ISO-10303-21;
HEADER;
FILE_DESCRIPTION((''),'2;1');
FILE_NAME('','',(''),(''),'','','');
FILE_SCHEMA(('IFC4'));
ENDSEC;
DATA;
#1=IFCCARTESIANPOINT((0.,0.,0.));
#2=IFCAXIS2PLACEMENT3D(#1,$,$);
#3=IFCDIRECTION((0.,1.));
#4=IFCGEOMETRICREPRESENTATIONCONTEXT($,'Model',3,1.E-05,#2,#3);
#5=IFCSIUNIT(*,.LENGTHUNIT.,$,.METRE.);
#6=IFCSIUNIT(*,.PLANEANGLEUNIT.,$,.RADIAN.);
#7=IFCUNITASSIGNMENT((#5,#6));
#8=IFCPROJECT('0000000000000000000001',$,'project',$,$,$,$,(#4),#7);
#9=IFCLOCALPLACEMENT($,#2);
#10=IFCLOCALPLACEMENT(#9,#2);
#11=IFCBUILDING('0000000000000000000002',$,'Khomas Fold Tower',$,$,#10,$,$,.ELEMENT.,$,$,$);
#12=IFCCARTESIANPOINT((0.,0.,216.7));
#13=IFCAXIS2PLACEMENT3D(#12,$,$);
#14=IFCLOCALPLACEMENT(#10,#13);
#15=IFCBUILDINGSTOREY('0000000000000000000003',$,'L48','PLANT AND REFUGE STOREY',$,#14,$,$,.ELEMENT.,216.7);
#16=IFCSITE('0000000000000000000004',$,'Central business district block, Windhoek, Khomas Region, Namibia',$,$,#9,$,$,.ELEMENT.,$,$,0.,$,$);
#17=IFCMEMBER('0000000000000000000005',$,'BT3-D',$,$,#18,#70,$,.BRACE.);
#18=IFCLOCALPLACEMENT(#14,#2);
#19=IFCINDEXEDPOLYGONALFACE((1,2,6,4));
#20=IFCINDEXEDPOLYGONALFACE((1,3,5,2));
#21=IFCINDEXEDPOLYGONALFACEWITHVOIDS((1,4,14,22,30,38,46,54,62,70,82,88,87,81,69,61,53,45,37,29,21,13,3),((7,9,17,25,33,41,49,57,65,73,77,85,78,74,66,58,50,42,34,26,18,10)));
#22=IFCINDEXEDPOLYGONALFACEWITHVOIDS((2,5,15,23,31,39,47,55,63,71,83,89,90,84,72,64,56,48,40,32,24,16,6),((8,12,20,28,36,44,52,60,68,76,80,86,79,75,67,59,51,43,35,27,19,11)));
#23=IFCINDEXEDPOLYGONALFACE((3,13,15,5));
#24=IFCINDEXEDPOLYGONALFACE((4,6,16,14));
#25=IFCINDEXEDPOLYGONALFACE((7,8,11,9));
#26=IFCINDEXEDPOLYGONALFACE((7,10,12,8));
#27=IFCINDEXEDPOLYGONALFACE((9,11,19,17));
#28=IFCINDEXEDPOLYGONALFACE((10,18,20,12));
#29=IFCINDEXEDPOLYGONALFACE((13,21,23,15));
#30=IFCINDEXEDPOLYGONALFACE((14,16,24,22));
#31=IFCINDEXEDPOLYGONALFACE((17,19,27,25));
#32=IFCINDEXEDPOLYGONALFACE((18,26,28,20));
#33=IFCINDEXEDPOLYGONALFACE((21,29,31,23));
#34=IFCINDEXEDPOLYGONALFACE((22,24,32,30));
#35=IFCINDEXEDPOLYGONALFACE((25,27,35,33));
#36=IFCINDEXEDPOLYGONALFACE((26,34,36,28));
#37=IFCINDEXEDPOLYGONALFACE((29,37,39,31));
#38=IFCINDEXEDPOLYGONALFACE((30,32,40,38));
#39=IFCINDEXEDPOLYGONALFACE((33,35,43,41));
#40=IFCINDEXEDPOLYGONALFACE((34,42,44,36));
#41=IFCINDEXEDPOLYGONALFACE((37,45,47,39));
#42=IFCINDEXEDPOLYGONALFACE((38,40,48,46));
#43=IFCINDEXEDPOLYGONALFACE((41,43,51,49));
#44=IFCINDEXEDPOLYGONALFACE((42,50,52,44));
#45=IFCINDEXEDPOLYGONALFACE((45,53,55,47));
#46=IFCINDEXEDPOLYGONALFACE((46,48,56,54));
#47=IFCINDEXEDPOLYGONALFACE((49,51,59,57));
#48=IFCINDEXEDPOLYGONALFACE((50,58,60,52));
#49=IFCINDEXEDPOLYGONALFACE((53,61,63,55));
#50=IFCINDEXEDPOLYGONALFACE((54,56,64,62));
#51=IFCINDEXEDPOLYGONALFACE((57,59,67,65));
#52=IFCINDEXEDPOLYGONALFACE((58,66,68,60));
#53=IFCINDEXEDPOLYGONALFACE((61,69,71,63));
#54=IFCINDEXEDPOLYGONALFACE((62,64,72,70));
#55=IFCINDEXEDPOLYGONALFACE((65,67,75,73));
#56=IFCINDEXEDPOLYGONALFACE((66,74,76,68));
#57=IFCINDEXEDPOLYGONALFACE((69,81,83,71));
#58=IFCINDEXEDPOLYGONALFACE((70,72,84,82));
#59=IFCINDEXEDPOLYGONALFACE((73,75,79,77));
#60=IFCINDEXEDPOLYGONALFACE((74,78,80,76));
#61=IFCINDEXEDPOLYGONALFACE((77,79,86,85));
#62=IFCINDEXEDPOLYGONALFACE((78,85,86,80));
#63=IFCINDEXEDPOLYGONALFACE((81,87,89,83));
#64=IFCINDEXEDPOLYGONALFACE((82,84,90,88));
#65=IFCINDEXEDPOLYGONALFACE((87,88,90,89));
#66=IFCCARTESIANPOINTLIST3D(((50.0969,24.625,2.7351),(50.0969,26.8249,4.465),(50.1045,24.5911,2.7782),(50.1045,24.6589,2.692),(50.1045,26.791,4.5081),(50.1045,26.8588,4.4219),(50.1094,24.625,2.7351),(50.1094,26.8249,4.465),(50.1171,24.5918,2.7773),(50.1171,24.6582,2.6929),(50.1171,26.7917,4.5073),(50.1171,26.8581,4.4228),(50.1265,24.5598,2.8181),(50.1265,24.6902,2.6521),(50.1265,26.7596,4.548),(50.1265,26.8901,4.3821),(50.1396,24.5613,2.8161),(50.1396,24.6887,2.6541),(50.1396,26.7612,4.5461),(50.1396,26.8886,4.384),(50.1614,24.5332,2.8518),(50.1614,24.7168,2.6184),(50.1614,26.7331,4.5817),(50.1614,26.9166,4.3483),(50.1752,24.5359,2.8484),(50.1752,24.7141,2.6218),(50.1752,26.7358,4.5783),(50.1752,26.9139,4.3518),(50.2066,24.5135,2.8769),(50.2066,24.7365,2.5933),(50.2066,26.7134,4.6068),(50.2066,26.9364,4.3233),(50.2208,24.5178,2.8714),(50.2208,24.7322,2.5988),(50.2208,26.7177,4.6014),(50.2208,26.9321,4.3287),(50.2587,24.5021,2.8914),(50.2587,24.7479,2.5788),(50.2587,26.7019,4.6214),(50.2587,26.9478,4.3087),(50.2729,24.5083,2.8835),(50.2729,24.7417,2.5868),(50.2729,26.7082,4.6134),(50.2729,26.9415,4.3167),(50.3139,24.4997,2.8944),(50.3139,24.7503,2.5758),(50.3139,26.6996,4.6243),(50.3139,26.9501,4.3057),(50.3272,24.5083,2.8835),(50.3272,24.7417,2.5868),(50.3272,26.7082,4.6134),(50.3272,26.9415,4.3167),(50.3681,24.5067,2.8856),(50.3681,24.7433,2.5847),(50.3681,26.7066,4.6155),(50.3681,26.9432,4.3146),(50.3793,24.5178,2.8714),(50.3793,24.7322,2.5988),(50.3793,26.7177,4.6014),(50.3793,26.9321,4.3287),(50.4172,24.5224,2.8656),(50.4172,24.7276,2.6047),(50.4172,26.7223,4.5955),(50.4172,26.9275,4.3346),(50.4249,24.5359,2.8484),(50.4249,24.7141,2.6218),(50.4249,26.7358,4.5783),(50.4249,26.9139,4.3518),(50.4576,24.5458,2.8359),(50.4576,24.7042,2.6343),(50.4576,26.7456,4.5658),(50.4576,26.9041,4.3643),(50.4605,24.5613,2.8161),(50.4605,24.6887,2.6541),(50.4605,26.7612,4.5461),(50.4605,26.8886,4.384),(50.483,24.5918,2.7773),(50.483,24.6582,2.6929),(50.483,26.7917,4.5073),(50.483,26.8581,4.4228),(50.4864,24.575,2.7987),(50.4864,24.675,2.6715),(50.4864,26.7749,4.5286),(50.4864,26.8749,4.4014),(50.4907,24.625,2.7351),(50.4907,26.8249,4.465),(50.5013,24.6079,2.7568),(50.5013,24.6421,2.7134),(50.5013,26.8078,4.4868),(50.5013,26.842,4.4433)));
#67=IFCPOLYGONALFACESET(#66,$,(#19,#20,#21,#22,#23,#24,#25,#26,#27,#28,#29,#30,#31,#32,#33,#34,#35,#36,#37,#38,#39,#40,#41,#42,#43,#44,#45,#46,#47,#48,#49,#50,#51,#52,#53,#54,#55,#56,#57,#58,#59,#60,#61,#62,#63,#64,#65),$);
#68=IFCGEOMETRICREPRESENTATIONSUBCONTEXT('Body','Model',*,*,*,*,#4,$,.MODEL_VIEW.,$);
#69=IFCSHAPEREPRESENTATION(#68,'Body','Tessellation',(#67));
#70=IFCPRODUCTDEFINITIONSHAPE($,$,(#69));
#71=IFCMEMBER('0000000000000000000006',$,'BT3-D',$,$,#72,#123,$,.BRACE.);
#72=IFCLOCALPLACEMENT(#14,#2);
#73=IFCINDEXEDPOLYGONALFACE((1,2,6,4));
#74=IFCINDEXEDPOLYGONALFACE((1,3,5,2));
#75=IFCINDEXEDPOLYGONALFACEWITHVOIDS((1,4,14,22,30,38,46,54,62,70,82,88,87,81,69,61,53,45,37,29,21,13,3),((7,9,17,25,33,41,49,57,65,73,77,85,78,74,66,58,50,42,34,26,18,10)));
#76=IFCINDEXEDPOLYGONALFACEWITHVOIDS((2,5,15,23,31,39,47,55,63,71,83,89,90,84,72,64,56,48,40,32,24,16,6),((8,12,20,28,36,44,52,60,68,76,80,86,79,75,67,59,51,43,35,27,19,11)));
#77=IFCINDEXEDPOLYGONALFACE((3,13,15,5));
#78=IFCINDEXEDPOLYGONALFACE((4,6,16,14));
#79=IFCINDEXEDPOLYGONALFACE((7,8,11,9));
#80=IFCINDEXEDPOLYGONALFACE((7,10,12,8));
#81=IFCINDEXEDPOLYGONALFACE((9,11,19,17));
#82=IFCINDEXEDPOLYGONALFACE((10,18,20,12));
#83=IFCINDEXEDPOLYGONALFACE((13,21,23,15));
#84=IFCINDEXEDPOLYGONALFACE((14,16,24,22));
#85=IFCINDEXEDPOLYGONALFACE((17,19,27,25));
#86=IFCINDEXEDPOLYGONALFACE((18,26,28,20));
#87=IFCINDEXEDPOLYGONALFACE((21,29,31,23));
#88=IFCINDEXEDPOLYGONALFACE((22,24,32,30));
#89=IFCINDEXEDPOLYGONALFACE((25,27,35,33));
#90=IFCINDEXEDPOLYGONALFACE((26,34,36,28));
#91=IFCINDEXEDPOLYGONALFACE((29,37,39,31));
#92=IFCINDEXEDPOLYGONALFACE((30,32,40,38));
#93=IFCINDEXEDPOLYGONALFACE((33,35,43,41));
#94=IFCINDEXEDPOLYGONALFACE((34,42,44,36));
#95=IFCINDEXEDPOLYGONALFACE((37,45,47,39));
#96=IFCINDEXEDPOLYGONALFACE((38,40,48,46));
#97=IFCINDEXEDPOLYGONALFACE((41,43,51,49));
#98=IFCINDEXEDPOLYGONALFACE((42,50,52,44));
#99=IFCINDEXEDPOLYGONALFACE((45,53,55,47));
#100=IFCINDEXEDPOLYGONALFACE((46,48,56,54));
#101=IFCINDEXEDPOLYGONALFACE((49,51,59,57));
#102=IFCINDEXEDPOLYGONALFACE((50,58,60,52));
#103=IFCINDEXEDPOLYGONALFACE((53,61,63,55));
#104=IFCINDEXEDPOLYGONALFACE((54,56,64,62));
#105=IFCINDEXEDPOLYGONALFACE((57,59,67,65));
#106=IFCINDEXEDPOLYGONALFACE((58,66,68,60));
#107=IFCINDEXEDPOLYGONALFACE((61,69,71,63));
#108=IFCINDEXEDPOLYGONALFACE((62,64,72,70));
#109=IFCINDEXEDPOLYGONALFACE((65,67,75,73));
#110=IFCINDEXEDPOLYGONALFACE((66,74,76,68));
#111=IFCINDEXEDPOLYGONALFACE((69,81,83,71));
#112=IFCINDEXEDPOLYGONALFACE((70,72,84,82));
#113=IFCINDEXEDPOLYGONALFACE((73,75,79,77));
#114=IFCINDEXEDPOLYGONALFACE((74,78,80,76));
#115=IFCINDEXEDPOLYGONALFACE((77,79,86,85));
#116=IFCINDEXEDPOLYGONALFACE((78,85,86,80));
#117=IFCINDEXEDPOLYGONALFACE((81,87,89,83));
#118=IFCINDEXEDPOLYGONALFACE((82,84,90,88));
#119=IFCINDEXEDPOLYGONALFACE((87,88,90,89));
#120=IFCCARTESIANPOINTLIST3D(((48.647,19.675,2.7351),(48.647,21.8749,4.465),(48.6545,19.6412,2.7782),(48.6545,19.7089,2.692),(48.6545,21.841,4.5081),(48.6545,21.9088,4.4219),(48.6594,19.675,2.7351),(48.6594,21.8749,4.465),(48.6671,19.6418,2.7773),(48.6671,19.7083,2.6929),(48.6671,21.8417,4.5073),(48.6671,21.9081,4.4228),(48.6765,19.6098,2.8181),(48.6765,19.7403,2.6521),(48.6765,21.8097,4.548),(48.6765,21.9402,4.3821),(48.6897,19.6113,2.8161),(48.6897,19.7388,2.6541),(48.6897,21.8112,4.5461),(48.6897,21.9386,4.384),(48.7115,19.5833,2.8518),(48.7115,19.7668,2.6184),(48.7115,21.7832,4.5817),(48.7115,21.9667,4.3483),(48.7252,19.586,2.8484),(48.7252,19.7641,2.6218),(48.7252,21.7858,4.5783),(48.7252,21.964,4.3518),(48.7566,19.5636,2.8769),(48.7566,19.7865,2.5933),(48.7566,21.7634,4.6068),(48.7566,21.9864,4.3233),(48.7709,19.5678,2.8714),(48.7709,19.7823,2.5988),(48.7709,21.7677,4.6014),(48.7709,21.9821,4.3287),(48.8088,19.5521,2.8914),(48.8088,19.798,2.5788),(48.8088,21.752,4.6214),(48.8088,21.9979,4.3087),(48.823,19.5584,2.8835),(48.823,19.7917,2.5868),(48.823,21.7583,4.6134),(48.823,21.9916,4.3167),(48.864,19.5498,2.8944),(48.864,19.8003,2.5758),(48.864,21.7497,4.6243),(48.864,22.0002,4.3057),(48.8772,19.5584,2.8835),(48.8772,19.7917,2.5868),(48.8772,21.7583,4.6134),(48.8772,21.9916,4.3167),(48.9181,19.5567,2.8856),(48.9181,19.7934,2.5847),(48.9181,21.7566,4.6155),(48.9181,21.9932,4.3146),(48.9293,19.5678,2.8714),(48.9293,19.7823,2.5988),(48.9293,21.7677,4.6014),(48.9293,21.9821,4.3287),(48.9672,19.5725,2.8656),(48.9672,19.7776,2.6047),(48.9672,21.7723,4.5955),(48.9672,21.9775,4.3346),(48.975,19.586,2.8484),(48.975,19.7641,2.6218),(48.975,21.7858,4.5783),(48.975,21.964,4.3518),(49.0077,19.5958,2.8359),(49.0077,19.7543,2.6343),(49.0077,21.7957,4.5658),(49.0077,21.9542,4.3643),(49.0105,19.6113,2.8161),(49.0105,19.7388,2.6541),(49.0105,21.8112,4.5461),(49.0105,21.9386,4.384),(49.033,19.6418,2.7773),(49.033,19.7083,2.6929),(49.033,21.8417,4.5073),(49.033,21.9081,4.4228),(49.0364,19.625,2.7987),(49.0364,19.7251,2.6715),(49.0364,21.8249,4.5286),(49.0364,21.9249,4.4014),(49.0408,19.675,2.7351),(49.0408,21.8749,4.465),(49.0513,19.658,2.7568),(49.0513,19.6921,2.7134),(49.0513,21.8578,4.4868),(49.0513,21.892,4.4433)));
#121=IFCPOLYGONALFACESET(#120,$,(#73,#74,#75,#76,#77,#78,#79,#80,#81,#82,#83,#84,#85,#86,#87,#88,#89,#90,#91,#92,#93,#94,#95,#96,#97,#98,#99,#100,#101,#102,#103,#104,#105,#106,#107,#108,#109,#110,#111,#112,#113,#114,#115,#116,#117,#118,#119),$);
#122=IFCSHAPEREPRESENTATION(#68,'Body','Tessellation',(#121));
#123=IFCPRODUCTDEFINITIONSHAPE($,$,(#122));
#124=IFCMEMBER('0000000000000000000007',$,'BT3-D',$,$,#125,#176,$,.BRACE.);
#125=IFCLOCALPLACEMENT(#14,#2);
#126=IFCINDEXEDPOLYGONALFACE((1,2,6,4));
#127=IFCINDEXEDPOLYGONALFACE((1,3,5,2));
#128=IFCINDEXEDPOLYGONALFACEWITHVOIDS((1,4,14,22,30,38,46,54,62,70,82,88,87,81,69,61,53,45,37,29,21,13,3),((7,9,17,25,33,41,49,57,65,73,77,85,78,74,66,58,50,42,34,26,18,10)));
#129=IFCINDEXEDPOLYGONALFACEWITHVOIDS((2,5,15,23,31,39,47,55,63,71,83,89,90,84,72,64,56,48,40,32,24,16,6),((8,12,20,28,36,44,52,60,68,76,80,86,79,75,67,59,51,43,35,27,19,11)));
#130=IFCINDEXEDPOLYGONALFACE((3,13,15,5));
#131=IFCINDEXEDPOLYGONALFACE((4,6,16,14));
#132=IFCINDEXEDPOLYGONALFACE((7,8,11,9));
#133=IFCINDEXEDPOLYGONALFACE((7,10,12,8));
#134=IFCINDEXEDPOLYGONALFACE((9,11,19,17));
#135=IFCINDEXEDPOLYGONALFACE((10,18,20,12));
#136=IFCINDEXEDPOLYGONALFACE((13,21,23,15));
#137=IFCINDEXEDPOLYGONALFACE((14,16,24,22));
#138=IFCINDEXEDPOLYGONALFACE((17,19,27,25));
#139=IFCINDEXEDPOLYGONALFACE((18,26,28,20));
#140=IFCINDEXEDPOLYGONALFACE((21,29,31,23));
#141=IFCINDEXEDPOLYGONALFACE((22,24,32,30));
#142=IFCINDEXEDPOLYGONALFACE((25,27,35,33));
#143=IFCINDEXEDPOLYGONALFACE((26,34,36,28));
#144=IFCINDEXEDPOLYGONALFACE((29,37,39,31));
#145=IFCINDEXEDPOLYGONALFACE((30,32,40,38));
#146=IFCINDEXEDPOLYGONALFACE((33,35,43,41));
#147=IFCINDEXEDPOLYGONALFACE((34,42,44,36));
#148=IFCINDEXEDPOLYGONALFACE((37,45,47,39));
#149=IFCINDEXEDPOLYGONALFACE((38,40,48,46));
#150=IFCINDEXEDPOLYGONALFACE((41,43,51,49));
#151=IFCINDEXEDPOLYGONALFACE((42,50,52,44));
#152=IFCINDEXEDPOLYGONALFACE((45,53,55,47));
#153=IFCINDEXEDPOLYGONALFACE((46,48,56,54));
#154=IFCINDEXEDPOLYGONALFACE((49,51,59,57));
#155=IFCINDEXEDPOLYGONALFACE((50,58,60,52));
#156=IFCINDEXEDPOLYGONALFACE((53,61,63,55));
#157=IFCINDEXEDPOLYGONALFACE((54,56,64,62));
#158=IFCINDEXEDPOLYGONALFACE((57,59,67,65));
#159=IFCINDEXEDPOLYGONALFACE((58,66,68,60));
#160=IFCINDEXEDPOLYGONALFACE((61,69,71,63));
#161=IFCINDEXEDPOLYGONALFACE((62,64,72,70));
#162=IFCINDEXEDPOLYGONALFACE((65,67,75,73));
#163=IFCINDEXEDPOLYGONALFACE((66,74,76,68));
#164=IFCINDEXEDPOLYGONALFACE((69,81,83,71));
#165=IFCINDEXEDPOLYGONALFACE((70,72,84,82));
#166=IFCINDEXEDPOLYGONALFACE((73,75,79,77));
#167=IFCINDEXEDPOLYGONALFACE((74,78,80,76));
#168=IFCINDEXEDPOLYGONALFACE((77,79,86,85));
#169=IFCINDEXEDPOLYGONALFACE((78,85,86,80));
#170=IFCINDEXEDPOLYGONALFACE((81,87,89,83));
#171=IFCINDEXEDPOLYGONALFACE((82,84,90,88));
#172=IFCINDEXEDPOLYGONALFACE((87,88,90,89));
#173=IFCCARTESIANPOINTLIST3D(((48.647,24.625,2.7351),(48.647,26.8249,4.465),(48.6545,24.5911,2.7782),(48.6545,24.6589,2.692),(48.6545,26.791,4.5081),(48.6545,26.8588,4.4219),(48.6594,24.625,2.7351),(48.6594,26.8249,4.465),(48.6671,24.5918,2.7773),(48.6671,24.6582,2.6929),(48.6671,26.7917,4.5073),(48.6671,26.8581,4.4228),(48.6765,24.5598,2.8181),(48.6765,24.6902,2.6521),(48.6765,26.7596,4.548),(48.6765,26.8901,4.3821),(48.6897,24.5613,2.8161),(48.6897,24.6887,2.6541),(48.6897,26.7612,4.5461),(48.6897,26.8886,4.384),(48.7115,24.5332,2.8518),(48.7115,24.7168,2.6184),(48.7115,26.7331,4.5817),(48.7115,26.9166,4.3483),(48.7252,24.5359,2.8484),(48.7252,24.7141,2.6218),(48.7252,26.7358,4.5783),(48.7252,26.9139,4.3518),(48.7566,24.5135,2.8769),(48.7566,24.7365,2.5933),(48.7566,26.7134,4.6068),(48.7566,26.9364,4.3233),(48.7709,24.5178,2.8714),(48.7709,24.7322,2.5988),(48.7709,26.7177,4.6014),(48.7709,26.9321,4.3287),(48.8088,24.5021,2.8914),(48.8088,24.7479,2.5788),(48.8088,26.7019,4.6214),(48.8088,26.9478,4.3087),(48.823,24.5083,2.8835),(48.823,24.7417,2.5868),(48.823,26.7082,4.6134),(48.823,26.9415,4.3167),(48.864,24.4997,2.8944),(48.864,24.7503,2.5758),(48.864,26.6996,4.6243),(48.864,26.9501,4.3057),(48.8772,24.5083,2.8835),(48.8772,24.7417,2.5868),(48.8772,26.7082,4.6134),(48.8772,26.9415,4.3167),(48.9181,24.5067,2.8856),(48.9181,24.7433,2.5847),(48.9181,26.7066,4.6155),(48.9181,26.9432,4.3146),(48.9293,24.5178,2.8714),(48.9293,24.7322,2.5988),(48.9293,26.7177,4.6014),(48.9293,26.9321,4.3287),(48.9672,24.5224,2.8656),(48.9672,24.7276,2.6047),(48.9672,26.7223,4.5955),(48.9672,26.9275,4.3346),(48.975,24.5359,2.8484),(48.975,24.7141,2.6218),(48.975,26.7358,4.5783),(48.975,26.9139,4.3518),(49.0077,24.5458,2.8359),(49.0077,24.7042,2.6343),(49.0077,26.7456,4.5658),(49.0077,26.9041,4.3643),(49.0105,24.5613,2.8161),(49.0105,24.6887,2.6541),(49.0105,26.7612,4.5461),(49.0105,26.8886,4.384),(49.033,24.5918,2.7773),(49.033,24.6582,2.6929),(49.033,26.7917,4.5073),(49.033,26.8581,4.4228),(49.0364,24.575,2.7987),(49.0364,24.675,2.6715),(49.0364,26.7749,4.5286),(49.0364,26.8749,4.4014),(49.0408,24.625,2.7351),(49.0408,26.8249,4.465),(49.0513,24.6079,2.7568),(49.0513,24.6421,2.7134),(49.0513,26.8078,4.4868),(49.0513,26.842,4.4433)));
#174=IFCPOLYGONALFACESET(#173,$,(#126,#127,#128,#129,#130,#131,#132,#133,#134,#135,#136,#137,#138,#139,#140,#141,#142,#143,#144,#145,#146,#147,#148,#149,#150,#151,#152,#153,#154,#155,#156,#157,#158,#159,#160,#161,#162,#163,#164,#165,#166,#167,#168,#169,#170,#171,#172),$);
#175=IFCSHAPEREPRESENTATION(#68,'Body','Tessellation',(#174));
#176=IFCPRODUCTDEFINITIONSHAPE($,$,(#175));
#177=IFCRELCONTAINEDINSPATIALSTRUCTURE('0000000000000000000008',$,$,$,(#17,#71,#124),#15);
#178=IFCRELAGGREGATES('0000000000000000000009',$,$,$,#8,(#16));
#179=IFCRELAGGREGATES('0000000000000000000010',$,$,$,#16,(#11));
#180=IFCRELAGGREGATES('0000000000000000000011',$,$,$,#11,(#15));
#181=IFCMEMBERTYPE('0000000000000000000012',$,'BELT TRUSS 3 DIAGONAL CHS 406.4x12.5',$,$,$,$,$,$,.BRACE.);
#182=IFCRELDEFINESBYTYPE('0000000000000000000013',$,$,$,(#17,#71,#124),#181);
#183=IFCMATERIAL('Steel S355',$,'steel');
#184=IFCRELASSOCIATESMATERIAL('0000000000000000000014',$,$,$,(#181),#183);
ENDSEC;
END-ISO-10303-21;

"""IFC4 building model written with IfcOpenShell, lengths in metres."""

from ifc_helpers import new_model, si_unit, direction, frame, origin, origin_2d, place, context, subcontext, project, spatial, hollow_circle, extrude, source, transform, mapped, material, material_profile, profile_set, type_object, element, save


model = new_model("IFC4")

# Units and contexts
model_context = context("Model", 3, precision=1e-05, world=origin(), true_north=direction((0.0, 1.0)))
body_context = subcontext(model_context, "Body", "Model", "MODEL_VIEW")
ifc_project = project(units=[si_unit("LENGTHUNIT", "METRE"), si_unit("PLANEANGLEUNIT", "RADIAN")], contexts=[model_context])

# Site, building, storey
site_placement = place(None, origin())
site = spatial("IfcSite", under=ifc_project, at=site_placement, Name="Central business district block, Windhoek, Khomas Region, Namibia", CompositionType="ELEMENT", RefElevation=0.0)
building_placement = place(site_placement, origin())
building = spatial("IfcBuilding", under=site, at=building_placement, Name="Khomas Fold Tower", CompositionType="ELEMENT")
storey_placement = place(building_placement, frame((0.0, 0.0, 216.7)))
storey = spatial("IfcBuildingStorey", under=building, at=storey_placement, Name="L48", Description="PLANT AND REFUGE STOREY", CompositionType="ELEMENT", Elevation=216.7)

# Members
ifc_material_1 = material(Name="Steel S355", Category="steel")
ifc_material_profile_1 = material_profile(ifc_material_1, hollow_circle(Radius=0.2031, WallThickness=0.0125, at=origin_2d()), Name="CHS 406.4x12.5")
ifc_profile_set_1 = profile_set([ifc_material_profile_1], Name="Steel S355")
member_type_1 = type_object("IfcMemberType", Name="BELT TRUSS 3 DIAGONAL CHS 406.4x12.5", PredefinedType="BRACE", material=ifc_profile_set_1)
shared_shape_1 = source(origin(), body_context, "Body", "SweptSolid", [
    extrude(hollow_circle(Radius=0.2031, WallThickness=0.0125, at=origin_2d()), origin(), (0.0, 0.0, 1.0), 2.7986),
])
for number, where, z_axis, x_axis, name in (
    (1, (50.3, 24.625, 2.7351), (0.0, 0.786067, 0.618141), (-1.0, 0.0, 0.0), "BT3-D"),
    (2, (48.8501, 19.675, 2.7351), (0.0, 0.786067, 0.618141), (-1.0, 0.0, 0.0), "BT3-D"),
    (3, (48.8501, 24.625, 2.7351), (0.0, 0.786067, 0.618141), (-1.0, 0.0, 0.0), "BT3-D"),
):
    element("IfcMember", number, at=place(storey_placement, frame(where, z_axis=z_axis, x_axis=x_axis)), inside=storey, type_object=member_type_1, Name=name, PredefinedType="BRACE", context=body_context, shape_type="MappedRepresentation", body=[
        mapped(shared_shape_1, transform((0.0, 0.0, 0.0))),
    ])

save(model, "model.ifc")
